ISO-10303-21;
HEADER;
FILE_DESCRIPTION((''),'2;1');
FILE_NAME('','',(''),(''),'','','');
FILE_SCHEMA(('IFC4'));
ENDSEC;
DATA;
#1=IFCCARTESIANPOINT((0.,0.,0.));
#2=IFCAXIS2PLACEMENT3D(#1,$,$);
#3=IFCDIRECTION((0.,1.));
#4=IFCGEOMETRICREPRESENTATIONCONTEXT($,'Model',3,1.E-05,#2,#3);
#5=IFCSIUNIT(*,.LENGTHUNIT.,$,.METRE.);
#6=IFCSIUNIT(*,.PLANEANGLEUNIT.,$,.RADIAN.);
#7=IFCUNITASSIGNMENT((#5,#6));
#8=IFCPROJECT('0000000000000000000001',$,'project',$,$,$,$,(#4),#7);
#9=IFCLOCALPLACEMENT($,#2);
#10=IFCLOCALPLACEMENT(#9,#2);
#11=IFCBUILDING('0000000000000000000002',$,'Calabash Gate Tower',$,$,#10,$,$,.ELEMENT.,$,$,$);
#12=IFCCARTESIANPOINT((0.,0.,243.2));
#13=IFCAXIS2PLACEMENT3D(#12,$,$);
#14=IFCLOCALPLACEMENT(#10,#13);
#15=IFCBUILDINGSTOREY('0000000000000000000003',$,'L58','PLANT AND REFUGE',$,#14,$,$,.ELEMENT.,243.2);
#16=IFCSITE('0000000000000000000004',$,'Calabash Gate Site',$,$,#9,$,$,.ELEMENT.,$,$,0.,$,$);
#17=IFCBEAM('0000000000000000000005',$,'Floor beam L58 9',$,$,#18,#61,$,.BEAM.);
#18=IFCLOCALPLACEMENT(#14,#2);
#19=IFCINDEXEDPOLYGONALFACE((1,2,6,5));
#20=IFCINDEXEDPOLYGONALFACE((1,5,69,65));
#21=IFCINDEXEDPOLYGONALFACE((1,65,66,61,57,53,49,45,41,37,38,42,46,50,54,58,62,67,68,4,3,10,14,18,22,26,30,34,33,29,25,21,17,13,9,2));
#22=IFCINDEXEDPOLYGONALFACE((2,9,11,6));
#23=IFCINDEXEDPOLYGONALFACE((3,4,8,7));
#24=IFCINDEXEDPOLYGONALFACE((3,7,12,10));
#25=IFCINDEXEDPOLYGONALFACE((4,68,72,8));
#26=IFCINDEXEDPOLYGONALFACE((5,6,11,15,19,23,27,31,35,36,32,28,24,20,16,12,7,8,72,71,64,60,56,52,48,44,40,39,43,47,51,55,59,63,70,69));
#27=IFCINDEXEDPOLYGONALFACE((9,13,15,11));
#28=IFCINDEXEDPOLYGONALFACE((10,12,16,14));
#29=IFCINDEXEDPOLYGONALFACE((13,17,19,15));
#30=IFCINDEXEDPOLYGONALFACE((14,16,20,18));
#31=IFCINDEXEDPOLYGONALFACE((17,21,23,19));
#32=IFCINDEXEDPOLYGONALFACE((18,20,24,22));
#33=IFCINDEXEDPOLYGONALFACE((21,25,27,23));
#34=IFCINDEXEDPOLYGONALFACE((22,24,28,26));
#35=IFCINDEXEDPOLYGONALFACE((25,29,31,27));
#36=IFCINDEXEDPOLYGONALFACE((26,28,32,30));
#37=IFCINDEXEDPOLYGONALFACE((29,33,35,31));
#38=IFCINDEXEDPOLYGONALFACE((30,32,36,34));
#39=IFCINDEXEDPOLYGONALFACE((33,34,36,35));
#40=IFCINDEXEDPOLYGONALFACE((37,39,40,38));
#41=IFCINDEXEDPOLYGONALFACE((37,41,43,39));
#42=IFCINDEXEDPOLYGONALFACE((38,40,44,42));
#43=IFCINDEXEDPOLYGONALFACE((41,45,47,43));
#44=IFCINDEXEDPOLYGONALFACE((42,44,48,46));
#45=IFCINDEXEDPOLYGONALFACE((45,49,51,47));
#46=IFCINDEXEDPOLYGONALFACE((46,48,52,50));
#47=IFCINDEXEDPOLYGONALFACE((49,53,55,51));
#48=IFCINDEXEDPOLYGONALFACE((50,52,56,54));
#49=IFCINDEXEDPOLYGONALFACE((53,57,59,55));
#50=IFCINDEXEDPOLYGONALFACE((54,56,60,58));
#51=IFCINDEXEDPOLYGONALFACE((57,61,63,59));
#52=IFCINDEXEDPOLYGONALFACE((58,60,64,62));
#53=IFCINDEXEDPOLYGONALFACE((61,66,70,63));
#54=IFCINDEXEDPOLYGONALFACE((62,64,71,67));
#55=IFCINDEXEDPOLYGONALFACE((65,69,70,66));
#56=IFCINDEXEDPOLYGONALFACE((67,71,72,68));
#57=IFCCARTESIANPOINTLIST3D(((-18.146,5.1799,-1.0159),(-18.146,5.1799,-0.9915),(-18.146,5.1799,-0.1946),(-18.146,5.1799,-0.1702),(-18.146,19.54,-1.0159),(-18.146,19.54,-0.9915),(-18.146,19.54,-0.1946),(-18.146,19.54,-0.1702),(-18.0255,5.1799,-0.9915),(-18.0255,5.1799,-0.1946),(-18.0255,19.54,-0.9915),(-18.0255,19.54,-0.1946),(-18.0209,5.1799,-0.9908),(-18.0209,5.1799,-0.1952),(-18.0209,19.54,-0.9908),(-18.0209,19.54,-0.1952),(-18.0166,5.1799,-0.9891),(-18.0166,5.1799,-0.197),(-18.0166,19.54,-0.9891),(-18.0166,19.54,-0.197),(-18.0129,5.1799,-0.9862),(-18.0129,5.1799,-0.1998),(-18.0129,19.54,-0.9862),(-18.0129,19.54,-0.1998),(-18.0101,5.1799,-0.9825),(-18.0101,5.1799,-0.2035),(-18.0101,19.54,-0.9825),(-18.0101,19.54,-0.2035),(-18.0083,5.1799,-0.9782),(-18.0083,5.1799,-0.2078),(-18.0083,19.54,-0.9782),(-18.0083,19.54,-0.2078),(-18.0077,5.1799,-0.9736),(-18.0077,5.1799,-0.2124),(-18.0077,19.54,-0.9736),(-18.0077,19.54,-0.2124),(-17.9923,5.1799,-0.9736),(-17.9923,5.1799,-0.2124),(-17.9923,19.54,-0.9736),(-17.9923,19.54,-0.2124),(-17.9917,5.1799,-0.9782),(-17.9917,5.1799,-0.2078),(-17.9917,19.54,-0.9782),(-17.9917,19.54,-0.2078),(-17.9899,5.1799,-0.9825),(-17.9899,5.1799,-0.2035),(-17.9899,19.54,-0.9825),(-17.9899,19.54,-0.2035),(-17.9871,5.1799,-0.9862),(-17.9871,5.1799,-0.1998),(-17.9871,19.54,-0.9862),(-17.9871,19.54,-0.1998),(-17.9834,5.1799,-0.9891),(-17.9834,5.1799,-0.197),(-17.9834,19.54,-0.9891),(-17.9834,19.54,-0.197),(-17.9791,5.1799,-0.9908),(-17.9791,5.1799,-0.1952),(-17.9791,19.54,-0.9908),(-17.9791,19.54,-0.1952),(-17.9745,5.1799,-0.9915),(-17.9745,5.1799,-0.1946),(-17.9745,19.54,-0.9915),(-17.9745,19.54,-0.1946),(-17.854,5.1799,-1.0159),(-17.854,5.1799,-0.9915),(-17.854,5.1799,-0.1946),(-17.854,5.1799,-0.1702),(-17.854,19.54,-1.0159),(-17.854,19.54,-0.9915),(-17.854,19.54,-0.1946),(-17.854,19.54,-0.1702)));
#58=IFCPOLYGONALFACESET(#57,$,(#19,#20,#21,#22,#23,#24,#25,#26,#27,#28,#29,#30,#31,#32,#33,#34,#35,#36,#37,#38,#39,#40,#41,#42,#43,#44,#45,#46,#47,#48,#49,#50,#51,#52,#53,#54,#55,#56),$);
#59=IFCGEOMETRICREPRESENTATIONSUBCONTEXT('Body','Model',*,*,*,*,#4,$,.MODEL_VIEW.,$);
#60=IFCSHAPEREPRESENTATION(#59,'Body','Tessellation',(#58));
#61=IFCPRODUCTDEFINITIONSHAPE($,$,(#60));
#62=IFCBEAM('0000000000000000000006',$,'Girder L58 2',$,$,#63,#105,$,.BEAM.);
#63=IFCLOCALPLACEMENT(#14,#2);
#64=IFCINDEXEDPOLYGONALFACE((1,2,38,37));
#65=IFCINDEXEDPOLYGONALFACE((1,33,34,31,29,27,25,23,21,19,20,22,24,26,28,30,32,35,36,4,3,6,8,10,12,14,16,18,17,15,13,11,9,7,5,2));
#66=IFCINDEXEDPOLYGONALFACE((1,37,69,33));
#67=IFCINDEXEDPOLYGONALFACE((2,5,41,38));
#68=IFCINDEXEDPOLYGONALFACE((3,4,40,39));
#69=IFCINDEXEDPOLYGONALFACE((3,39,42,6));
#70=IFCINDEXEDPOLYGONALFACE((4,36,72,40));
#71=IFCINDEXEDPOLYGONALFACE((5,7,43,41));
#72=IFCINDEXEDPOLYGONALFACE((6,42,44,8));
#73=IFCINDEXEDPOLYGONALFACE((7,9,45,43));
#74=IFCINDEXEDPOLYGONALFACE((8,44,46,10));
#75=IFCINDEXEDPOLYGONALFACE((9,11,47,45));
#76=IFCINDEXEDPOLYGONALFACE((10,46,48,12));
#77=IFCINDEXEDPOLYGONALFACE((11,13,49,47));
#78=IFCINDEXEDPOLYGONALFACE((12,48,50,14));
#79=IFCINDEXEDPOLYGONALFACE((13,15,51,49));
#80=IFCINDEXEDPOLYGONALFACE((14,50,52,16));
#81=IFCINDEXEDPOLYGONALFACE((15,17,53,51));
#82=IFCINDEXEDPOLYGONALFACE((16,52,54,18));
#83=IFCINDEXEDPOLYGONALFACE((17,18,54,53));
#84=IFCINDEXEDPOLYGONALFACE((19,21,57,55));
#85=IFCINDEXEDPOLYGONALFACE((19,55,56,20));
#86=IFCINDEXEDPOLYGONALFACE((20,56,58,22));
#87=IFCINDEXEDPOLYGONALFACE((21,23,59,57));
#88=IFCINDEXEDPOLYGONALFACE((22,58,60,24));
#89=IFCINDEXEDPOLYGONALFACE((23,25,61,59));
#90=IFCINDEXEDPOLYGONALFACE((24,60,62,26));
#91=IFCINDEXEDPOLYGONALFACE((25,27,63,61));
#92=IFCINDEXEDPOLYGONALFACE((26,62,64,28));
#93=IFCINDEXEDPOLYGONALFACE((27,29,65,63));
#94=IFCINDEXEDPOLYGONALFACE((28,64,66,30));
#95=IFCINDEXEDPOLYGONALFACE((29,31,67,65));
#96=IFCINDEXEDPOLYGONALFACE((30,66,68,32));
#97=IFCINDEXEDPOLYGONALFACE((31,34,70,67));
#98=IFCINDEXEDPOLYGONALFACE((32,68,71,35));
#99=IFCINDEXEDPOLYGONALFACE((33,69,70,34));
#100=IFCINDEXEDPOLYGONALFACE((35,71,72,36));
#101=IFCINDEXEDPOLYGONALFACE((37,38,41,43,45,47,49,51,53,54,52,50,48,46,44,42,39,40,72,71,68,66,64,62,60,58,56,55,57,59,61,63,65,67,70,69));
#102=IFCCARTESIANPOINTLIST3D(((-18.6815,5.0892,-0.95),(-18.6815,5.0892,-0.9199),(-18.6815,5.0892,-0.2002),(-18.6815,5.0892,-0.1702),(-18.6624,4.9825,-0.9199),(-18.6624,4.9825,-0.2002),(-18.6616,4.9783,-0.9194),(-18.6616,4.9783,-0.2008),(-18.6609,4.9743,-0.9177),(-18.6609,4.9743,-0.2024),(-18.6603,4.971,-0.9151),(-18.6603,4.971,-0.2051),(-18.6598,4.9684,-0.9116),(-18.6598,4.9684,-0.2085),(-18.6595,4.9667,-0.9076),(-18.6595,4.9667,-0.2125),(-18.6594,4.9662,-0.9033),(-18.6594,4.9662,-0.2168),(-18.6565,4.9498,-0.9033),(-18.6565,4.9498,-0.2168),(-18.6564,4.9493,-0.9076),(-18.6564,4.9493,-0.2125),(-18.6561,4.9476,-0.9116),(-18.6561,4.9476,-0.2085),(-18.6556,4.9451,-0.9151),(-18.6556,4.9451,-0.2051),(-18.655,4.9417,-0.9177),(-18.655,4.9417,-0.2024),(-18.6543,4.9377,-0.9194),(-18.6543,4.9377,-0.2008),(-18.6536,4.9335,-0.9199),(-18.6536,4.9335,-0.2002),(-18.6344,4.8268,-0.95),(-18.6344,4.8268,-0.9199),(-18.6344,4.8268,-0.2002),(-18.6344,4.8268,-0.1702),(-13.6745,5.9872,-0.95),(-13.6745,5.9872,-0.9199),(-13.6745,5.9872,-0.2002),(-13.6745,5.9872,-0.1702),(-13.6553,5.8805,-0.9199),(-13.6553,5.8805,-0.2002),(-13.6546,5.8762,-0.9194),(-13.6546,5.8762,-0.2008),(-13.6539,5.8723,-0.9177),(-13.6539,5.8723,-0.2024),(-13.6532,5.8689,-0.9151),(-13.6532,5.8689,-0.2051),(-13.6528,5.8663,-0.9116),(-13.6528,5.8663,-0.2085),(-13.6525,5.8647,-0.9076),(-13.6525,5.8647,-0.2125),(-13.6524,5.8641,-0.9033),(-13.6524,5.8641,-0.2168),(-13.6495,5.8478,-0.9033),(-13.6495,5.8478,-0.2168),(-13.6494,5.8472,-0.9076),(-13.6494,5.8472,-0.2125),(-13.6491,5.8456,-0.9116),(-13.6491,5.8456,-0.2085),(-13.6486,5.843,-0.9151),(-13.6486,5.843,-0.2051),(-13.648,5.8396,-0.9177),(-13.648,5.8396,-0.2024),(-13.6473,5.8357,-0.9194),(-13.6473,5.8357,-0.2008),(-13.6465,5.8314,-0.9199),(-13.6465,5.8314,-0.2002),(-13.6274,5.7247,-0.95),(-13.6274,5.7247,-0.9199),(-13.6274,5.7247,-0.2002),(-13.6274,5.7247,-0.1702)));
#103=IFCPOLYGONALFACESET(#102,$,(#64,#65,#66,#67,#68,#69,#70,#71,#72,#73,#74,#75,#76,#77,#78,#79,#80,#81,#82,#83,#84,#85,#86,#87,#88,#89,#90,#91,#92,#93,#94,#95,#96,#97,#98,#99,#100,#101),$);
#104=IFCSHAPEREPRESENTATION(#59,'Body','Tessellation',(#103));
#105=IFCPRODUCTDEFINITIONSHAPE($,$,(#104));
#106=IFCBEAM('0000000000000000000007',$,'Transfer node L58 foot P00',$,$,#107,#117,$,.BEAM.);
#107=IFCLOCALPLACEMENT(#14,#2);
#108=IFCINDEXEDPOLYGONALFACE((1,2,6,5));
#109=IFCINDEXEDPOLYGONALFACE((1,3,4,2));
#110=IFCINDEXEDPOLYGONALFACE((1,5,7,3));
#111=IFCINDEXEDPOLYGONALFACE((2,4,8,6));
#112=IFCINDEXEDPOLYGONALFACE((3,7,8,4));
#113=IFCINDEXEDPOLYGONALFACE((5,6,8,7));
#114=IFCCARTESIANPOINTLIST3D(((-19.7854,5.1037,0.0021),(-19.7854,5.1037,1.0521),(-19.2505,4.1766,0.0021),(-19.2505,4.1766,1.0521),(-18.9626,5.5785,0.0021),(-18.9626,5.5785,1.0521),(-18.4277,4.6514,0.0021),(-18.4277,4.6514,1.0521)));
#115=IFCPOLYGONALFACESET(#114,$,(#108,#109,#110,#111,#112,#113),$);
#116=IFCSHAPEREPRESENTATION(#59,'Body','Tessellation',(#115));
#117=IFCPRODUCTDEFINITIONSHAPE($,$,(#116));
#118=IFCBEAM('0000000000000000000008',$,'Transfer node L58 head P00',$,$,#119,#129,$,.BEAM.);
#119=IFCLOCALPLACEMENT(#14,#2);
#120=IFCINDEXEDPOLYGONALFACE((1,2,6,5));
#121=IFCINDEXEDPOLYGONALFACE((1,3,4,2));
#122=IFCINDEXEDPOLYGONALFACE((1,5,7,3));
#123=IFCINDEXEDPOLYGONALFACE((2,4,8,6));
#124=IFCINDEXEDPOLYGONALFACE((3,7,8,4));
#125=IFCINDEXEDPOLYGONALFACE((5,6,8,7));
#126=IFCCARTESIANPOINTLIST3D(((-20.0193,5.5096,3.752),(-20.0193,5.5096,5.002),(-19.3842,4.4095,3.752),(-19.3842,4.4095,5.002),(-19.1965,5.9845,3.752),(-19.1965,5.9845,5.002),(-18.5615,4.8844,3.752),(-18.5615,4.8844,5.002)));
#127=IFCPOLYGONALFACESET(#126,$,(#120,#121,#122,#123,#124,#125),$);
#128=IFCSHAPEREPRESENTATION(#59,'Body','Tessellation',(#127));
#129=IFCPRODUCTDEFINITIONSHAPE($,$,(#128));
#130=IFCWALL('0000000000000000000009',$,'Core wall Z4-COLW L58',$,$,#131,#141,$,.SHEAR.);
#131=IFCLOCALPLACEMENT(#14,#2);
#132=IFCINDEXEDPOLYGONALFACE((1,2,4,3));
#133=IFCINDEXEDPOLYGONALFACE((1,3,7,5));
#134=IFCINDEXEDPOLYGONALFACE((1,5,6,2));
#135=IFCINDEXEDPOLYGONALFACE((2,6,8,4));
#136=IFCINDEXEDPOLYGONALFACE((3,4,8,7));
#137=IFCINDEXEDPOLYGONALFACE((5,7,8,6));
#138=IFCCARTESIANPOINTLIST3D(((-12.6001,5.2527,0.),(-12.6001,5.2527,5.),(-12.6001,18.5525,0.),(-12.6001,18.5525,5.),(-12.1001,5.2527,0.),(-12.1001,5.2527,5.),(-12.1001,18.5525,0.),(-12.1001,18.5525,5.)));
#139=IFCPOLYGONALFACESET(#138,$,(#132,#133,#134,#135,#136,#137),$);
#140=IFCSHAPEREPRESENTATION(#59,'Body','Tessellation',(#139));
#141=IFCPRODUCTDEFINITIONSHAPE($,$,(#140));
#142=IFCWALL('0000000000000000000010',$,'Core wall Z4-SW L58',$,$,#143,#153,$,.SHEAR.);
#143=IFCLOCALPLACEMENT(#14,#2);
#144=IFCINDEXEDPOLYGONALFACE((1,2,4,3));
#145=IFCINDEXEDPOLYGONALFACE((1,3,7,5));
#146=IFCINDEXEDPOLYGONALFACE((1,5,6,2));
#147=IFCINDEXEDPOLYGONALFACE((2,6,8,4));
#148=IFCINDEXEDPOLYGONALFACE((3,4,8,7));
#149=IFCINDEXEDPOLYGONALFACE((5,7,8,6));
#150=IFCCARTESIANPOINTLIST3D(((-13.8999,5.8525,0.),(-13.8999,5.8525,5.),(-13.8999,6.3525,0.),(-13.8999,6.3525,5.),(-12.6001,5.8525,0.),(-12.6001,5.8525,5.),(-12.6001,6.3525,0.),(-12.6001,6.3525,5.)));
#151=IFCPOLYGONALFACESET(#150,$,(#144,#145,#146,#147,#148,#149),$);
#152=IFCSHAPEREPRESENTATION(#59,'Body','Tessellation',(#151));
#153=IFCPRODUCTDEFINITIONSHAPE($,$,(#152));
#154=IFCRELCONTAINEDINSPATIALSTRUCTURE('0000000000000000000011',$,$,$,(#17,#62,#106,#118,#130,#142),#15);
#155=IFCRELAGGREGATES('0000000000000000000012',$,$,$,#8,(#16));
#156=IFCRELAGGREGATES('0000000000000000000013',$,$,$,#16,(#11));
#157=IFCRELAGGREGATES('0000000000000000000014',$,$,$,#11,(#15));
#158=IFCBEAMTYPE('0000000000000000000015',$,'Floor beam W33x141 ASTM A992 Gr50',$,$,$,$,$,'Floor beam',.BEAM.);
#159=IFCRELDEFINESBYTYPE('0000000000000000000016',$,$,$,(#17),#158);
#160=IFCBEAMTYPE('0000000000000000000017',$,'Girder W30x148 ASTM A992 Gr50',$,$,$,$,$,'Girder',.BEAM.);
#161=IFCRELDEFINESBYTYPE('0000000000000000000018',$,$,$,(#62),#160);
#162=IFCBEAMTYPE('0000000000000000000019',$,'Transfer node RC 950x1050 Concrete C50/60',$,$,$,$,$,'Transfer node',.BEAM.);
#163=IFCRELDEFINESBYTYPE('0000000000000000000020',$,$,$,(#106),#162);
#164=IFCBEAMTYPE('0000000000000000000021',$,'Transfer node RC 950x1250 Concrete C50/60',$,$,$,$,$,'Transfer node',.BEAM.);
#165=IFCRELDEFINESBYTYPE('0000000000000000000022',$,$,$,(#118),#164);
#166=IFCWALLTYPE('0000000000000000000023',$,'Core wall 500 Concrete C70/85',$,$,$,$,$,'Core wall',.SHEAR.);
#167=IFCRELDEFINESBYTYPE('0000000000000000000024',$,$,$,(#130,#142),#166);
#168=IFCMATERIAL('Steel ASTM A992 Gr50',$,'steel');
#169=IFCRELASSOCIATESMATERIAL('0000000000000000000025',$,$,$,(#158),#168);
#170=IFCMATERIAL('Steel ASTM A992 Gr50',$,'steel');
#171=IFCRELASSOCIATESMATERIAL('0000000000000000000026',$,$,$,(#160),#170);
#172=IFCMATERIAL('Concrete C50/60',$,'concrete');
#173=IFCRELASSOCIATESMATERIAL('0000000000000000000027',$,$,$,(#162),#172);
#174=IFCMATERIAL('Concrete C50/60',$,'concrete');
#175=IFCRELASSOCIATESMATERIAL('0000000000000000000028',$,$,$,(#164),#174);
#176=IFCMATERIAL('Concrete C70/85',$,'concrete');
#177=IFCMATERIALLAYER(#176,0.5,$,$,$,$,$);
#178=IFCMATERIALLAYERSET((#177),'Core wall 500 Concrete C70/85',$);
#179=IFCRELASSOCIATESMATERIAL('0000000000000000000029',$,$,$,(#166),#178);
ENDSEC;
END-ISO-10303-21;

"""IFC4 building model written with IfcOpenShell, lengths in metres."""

from ifc_helpers import new_model, si_unit, direction, frame, frame_2d, origin, origin_2d, place, context, subcontext, project, spatial, rectangle, i_section, extrude, material, layer, layer_set, material_profile, profile_set, type_object, element, save


model = new_model("IFC4")

# Units and contexts
model_context = context("Model", 3, precision=1e-05, world=origin(), true_north=direction((0.0, 1.0)))
body_context = subcontext(model_context, "Body", "Model", "MODEL_VIEW")
ifc_project = project(units=[si_unit("LENGTHUNIT", "METRE"), si_unit("PLANEANGLEUNIT", "RADIAN")], contexts=[model_context])

# Site, building, storey
site_placement = place(None, origin())
site = spatial("IfcSite", under=ifc_project, at=site_placement, Name="Calabash Gate Site", CompositionType="ELEMENT", RefElevation=0.0)
building_placement = place(site_placement, origin())
building = spatial("IfcBuilding", under=site, at=building_placement, Name="Calabash Gate Tower", CompositionType="ELEMENT")
storey_placement = place(building_placement, frame((0.0, 0.0, 243.2)))
storey = spatial("IfcBuildingStorey", under=building, at=storey_placement, Name="L58", Description="PLANT AND REFUGE", CompositionType="ELEMENT", Elevation=243.2)

# Beams
ifc_material_1 = material(Name="Steel ASTM A992 Gr50", Category="steel")
ifc_material_profile_1 = material_profile(ifc_material_1, i_section(OverallWidth=0.292, OverallDepth=0.8457, WebThickness=0.0154, FlangeThickness=0.0244, FilletRadius=0.0178, at=origin_2d()))
ifc_profile_set_1 = profile_set([ifc_material_profile_1], Name="Steel ASTM A992 Gr50")
beam_type_1 = type_object("IfcBeamType", Name="Floor beam W33x141 ASTM A992 Gr50", ElementType="Floor beam", PredefinedType="BEAM", material=ifc_profile_set_1)
beam_1_placement = place(storey_placement, frame((-18.0, 5.1799, -0.593), z_axis=(0.0, 1.0, 0.0), x_axis=(-1.0, 0.0, 0.0)))
element("IfcBeam", 1, at=beam_1_placement, inside=storey, type_object=beam_type_1, Name="Floor beam L58 9", PredefinedType="BEAM", context=body_context, shape_type="SweptSolid", body=[
    extrude(i_section(OverallWidth=0.292, OverallDepth=0.8457, WebThickness=0.0154, FlangeThickness=0.0244, FilletRadius=0.0178, at=origin_2d()), origin(), (0.0, 0.0, 1.0), 14.3601),
])
ifc_material_2 = material(Name="Steel ASTM A992 Gr50", Category="steel")
ifc_material_profile_2 = material_profile(ifc_material_2, i_section(OverallWidth=0.2666, OverallDepth=0.7798, WebThickness=0.0166, FlangeThickness=0.03, FilletRadius=0.0166, at=origin_2d()))
ifc_profile_set_2 = profile_set([ifc_material_profile_2], Name="Steel ASTM A992 Gr50")
beam_type_2 = type_object("IfcBeamType", Name="Girder W30x148 ASTM A992 Gr50", ElementType="Girder", PredefinedType="BEAM", material=ifc_profile_set_2)
beam_2_placement = place(storey_placement, frame((-18.658, 4.958, -0.5601), z_axis=(0.984297, 0.17652, 0.0), x_axis=(-0.17652, 0.984297, 0.0)))
element("IfcBeam", 2, at=beam_2_placement, inside=storey, type_object=beam_type_2, Name="Girder L58 2", PredefinedType="BEAM", context=body_context, shape_type="SweptSolid", body=[
    extrude(i_section(OverallWidth=0.2666, OverallDepth=0.7798, WebThickness=0.0166, FlangeThickness=0.03, FilletRadius=0.0166, at=origin_2d()), origin(), (0.0, 0.0, 1.0), 5.0869),
])
ifc_material_3 = material(Name="Concrete C50/60", Category="concrete")
ifc_material_profile_3 = material_profile(ifc_material_3, rectangle(XDim=0.95, YDim=1.05, at=origin_2d()))
ifc_profile_set_3 = profile_set([ifc_material_profile_3], Name="Concrete C50/60")
beam_type_3 = type_object("IfcBeamType", Name="Transfer node RC 950x1050 Concrete C50/60", ElementType="Transfer node", PredefinedType="BEAM", material=ifc_profile_set_3)
beam_3_placement = place(storey_placement, frame((-19.374, 5.3411, 0.5271), z_axis=(0.499795, -0.866144, 0.0), x_axis=(0.866144, 0.499795, 0.0)))
element("IfcBeam", 3, at=beam_3_placement, inside=storey, type_object=beam_type_3, Name="Transfer node L58 foot P00", PredefinedType="BEAM", context=body_context, shape_type="SweptSolid", body=[
    extrude(rectangle(XDim=0.95, YDim=1.05, at=origin_2d()), origin(), (0.0, 0.0, 1.0), 1.0703),
])
ifc_material_4 = material(Name="Concrete C50/60", Category="concrete")
ifc_material_profile_4 = material_profile(ifc_material_4, rectangle(XDim=0.95, YDim=1.25, at=origin_2d()))
ifc_profile_set_4 = profile_set([ifc_material_profile_4], Name="Concrete C50/60")
beam_type_4 = type_object("IfcBeamType", Name="Transfer node RC 950x1250 Concrete C50/60", ElementType="Transfer node", PredefinedType="BEAM", material=ifc_profile_set_4)
beam_4_placement = place(storey_placement, frame((-19.6079, 5.7471, 4.377), z_axis=(0.499922, -0.86607, 0.0), x_axis=(0.86607, 0.499922, 0.0)))
element("IfcBeam", 4, at=beam_4_placement, inside=storey, type_object=beam_type_4, Name="Transfer node L58 head P00", PredefinedType="BEAM", context=body_context, shape_type="SweptSolid", body=[
    extrude(rectangle(XDim=0.95, YDim=1.25, at=origin_2d()), origin(), (0.0, 0.0, 1.0), 1.2703),
])

# Walls
ifc_material_5 = material(Name="Concrete C70/85", Category="concrete")
ifc_layer_1 = layer(ifc_material_5, 0.5)
ifc_layer_set_1 = layer_set([ifc_layer_1], Name="Core wall 500 Concrete C70/85")
wall_type_1 = type_object("IfcWallType", Name="Core wall 500 Concrete C70/85", ElementType="Core wall", PredefinedType="SHEAR", material=ifc_layer_set_1)
wall_1_placement = place(storey_placement, frame((-12.3501, 5.2527, 0.0), z_axis=(0.0, 0.0, 1.0), x_axis=(0.0, 1.0, 0.0)))
element("IfcWall", 5, at=wall_1_placement, inside=storey, type_object=wall_type_1, Name="Core wall Z4-COLW L58", PredefinedType="SHEAR", context=body_context, shape_type="SweptSolid", body=[
    extrude(rectangle(XDim=13.2998, YDim=0.5, at=frame_2d((6.6499, 0.0))), origin(), (0.0, 0.0, 1.0), 5.0),
])
wall_2_placement = place(storey_placement, frame((-12.6001, 6.1025, 0.0), z_axis=(0.0, 0.0, 1.0), x_axis=(-1.0, 0.0, 0.0)))
element("IfcWall", 6, at=wall_2_placement, inside=storey, type_object=wall_type_1, Name="Core wall Z4-SW L58", PredefinedType="SHEAR", context=body_context, shape_type="SweptSolid", body=[
    extrude(rectangle(XDim=1.2998, YDim=0.5, at=frame_2d((0.6499, 0.0))), origin(), (0.0, 0.0, 1.0), 5.0),
])

save(model, "model.ifc")
